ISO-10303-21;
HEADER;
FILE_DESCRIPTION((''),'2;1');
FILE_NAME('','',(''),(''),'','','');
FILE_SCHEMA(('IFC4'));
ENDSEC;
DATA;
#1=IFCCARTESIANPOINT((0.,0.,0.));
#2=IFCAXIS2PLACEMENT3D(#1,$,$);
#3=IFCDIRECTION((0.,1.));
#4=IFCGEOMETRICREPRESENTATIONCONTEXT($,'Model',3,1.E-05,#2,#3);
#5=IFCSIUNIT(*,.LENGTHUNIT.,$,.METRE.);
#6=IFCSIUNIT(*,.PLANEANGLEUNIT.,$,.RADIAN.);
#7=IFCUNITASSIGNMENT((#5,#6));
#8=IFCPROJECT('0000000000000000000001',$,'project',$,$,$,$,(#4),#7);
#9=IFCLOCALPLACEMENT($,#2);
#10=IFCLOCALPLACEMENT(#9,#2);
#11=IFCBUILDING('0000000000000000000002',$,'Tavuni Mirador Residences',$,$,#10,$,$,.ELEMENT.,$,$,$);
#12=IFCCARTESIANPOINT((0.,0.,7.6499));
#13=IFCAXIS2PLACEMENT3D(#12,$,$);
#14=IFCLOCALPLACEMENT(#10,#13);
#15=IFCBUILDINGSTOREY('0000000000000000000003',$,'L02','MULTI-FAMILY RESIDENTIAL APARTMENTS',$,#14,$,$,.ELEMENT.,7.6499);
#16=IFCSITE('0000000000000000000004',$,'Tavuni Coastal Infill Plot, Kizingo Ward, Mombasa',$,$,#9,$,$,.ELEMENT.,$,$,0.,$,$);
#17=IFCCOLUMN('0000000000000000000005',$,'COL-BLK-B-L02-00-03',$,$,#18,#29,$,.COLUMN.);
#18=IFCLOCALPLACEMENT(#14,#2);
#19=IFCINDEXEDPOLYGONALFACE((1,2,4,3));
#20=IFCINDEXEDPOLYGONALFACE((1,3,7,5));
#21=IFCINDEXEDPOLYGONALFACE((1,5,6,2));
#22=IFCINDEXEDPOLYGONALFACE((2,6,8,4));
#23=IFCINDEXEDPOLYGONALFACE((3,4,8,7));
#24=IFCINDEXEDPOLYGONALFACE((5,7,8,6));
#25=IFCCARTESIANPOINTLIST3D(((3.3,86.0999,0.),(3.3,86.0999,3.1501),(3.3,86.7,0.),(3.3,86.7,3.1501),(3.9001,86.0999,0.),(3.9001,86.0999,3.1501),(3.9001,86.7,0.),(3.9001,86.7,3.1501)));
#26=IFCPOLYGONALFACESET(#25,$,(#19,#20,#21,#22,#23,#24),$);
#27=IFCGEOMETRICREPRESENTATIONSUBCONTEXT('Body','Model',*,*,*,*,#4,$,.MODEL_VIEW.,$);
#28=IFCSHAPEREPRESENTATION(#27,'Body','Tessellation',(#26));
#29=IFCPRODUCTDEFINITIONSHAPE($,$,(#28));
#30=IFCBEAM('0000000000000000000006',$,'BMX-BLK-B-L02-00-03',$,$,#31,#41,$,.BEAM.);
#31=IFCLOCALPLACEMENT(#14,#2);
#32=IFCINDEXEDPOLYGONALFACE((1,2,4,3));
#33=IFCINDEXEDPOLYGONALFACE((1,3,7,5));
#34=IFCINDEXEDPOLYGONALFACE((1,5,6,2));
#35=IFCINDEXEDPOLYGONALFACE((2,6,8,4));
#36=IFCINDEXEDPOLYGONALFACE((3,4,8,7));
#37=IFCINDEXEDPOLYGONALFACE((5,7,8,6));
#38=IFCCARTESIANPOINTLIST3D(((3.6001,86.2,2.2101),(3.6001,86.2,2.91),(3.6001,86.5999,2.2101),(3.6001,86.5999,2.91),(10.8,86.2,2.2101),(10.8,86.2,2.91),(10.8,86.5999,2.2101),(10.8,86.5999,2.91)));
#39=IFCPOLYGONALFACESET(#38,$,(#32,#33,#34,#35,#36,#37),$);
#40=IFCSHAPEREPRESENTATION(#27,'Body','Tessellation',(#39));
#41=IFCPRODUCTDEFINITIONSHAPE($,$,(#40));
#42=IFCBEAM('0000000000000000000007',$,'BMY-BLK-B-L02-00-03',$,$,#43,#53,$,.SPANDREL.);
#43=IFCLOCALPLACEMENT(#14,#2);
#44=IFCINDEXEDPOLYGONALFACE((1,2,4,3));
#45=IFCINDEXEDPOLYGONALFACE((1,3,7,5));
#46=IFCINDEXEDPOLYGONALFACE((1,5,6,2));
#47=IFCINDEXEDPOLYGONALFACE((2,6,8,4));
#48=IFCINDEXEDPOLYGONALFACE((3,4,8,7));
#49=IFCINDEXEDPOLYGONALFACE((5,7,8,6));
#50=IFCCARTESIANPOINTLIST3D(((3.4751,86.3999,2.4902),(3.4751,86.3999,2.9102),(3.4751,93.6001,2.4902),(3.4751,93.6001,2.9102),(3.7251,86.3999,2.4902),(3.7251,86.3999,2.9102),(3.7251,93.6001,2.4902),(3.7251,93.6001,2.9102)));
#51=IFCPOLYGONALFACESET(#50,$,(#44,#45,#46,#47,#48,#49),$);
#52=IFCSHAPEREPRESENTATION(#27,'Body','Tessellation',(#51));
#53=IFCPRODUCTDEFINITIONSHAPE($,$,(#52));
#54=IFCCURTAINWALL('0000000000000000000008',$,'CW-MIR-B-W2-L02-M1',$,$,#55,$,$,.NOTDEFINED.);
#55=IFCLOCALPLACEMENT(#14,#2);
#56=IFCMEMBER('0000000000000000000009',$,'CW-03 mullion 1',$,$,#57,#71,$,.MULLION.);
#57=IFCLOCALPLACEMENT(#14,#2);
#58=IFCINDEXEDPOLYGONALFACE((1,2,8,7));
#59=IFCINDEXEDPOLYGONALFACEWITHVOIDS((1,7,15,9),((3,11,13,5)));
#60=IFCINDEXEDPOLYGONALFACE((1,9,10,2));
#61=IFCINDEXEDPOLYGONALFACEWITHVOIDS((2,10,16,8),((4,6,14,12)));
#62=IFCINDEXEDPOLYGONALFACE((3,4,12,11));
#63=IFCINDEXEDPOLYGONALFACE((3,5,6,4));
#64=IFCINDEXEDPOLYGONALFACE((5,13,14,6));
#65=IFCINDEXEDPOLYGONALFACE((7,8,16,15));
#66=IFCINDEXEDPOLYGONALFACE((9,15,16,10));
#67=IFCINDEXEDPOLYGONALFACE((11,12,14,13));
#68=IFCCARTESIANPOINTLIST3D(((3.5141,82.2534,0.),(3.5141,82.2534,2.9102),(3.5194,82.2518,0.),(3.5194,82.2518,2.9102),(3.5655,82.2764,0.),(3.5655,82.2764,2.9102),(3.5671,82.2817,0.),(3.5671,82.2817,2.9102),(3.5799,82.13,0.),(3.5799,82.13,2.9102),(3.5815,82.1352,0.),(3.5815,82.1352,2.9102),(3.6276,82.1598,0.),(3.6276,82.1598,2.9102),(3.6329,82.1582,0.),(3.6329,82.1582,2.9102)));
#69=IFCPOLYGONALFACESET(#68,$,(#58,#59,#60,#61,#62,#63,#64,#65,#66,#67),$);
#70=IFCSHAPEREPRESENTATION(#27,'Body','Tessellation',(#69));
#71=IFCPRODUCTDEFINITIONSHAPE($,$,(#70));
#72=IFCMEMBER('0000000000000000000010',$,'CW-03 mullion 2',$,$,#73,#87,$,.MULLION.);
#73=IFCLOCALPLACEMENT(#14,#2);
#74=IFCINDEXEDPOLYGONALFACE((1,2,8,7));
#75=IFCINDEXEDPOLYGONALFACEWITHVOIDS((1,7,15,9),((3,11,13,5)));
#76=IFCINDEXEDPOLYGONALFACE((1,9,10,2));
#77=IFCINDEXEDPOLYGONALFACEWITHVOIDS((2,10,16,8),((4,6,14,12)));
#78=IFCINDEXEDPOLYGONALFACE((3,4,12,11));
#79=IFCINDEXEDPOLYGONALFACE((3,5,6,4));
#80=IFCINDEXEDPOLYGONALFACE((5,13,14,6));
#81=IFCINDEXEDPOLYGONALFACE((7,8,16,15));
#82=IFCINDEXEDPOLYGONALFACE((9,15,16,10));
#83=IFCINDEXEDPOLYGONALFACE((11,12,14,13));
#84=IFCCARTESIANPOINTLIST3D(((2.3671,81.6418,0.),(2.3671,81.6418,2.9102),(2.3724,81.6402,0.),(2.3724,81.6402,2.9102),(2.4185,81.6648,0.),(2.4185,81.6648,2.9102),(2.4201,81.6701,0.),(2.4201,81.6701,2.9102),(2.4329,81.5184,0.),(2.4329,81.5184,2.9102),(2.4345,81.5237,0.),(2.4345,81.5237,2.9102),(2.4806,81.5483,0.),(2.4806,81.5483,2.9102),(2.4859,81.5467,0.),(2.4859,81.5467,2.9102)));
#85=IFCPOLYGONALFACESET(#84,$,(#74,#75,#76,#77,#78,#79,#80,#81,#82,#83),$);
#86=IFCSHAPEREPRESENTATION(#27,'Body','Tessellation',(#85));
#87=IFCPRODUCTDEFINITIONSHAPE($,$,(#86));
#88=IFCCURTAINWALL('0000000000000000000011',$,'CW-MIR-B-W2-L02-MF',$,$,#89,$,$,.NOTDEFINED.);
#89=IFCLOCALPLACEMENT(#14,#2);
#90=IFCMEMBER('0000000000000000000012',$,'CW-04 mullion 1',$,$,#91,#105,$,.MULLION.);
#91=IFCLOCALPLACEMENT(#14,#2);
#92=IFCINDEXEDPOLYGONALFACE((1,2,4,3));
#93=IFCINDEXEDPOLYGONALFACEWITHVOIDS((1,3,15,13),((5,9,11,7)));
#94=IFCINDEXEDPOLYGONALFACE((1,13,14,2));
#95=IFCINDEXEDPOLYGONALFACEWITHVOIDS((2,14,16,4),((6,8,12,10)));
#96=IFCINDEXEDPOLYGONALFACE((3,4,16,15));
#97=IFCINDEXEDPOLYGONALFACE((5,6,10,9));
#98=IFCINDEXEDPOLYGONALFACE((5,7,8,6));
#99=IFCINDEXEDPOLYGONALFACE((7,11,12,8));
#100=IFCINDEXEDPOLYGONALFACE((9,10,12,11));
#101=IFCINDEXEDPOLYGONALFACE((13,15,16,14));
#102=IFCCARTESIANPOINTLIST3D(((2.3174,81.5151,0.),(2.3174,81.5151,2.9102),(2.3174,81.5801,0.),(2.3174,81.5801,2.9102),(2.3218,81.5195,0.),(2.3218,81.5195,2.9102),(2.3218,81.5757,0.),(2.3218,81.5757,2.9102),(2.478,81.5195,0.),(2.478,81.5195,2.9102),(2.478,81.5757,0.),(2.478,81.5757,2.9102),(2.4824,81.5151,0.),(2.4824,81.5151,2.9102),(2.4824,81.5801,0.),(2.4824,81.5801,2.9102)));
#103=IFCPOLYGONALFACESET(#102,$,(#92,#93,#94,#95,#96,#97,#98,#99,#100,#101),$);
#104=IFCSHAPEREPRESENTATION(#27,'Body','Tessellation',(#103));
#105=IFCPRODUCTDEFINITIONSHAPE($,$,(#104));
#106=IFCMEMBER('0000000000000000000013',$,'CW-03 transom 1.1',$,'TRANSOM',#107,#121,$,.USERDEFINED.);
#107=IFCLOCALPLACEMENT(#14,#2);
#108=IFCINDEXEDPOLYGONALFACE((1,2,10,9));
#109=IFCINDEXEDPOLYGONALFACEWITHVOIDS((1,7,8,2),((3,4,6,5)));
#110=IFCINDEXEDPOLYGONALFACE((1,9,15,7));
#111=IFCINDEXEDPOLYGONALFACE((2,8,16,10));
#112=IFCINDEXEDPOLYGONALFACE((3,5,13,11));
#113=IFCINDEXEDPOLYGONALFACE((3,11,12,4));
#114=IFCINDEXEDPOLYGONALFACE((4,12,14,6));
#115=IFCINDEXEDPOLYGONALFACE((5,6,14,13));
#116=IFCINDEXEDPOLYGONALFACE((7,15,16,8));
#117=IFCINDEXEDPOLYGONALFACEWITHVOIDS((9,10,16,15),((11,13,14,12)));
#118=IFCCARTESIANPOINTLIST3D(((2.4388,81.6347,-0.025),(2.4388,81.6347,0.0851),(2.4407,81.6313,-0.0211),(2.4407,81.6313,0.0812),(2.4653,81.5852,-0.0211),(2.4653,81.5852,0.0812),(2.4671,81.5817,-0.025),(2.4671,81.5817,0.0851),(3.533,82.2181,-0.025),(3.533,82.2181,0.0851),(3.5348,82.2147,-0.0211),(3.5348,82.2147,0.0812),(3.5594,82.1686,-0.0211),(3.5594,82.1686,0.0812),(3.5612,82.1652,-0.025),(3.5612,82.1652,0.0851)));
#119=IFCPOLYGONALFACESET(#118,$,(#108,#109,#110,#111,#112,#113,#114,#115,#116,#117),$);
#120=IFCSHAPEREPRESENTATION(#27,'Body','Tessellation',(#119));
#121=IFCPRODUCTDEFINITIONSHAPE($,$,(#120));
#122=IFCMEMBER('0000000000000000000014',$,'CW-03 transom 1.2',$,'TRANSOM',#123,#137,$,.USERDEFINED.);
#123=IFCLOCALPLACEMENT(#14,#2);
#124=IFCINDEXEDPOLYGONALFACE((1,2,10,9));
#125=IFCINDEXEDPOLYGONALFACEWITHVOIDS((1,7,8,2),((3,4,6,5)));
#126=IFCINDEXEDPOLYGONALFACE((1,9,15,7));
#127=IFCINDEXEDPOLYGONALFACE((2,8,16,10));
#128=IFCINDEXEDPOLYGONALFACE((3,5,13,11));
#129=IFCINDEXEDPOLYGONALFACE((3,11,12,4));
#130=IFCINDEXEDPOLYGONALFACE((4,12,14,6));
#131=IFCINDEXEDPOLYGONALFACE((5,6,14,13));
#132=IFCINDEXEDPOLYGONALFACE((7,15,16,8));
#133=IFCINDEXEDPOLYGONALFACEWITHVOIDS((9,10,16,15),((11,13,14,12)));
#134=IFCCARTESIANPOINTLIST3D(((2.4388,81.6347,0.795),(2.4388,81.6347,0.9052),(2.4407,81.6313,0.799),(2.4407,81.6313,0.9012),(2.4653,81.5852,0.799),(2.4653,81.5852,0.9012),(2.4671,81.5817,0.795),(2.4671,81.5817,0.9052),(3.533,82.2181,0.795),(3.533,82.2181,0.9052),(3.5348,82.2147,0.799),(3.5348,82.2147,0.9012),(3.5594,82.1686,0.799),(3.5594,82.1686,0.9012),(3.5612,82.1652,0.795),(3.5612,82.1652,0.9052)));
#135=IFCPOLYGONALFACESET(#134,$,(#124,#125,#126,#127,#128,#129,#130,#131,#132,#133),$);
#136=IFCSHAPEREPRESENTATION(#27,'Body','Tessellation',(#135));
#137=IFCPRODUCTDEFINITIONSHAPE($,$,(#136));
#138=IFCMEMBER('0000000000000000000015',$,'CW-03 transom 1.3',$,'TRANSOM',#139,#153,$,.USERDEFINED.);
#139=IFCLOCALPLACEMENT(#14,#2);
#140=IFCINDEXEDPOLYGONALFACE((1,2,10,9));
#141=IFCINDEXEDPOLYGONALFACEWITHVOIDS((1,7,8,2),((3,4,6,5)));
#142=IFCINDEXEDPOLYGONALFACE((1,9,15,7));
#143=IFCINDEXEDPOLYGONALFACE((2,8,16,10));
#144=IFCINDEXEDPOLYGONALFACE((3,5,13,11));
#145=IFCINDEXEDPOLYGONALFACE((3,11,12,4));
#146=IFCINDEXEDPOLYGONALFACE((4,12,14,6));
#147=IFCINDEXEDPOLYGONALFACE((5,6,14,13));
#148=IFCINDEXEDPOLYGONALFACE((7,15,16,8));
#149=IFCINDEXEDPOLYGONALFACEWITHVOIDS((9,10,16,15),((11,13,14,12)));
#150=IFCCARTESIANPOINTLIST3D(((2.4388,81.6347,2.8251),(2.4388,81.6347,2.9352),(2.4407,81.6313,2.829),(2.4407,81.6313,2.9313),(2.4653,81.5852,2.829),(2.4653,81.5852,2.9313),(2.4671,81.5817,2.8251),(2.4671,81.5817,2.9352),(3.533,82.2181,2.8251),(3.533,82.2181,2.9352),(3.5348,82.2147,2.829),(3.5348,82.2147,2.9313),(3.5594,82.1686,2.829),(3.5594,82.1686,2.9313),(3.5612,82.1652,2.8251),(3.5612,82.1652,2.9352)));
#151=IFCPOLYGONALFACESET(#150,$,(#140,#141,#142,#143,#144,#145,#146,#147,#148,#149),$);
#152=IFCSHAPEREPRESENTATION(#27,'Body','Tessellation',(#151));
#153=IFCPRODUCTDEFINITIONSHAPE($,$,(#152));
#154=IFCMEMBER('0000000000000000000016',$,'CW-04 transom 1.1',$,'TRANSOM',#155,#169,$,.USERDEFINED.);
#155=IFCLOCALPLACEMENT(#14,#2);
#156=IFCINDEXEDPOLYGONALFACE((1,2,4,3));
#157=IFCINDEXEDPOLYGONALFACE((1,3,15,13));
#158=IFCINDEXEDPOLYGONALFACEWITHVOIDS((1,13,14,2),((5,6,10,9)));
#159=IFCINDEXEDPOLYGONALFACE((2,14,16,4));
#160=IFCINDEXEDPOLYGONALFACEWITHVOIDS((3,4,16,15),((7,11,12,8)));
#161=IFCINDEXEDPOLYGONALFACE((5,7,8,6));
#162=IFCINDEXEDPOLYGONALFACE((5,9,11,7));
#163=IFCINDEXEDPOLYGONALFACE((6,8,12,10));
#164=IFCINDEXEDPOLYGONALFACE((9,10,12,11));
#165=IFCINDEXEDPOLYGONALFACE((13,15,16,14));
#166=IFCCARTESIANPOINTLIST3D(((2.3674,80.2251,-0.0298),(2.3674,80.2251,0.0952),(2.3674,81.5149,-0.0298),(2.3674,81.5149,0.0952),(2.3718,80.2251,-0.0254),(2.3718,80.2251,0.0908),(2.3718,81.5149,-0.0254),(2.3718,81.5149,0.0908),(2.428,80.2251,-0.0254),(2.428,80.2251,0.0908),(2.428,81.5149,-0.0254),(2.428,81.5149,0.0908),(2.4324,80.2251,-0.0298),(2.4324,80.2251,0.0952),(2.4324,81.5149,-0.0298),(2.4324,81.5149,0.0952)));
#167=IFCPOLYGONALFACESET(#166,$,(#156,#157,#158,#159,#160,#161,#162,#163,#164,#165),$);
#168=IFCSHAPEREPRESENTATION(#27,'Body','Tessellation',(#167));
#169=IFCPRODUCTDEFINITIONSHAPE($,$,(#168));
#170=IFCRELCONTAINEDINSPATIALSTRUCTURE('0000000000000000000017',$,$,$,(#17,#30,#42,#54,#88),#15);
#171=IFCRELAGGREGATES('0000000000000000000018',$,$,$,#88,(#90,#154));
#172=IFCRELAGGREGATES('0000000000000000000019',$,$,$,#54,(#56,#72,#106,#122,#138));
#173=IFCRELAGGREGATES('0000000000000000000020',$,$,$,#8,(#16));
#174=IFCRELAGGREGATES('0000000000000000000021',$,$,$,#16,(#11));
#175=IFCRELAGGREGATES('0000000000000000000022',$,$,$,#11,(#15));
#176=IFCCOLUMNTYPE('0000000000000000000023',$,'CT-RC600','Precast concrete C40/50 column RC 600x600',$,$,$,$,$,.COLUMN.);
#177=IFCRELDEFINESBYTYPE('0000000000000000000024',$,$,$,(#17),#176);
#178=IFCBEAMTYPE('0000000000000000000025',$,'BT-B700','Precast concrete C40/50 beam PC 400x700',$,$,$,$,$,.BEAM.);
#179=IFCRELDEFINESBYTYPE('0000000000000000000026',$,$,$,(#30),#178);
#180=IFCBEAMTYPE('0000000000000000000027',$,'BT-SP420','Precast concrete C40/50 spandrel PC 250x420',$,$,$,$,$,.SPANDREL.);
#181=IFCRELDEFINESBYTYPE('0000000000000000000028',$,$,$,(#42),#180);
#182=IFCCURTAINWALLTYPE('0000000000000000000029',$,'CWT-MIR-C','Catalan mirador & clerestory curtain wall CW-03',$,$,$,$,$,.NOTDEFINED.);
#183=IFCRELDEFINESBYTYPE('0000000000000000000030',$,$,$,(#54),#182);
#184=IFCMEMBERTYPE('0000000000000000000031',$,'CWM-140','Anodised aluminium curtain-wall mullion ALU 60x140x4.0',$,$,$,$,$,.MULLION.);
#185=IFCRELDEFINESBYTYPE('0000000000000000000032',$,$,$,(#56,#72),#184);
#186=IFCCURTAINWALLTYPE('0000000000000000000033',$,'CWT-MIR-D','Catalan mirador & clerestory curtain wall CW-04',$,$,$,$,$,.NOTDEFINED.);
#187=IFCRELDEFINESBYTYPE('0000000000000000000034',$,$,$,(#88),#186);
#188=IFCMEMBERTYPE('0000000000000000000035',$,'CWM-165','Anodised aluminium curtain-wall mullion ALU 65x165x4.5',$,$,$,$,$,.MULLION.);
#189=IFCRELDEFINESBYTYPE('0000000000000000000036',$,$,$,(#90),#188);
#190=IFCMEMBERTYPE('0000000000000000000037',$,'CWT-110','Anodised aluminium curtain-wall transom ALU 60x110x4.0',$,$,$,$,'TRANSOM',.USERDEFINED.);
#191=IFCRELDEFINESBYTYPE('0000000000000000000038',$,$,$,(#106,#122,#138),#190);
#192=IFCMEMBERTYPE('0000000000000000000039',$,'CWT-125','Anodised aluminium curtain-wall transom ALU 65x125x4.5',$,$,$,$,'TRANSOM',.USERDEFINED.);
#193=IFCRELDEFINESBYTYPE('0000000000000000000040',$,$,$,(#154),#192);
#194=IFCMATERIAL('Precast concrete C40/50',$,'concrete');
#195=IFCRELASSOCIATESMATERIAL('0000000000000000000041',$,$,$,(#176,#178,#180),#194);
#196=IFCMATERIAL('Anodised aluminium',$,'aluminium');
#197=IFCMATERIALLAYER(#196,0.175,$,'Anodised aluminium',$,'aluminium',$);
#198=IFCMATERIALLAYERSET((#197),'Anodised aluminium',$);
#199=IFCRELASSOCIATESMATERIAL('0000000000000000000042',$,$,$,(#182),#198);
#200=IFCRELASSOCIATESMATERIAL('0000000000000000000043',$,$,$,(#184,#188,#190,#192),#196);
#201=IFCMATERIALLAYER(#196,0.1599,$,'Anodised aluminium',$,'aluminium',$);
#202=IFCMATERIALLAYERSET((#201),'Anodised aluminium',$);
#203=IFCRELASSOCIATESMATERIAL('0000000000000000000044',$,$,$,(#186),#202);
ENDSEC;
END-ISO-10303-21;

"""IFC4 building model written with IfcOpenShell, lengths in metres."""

from ifc_helpers import new_model, si_unit, direction, frame, origin, origin_2d, place, context, subcontext, project, spatial, rectangle, hollow_rectangle, extrude, material, layer, layer_set, material_profile, profile_set, type_object, element, aggregate, save


model = new_model("IFC4")

# Units and contexts
model_context = context("Model", 3, precision=1e-05, world=origin(), true_north=direction((0.0, 1.0)))
body_context = subcontext(model_context, "Body", "Model", "MODEL_VIEW")
ifc_project = project(units=[si_unit("LENGTHUNIT", "METRE"), si_unit("PLANEANGLEUNIT", "RADIAN")], contexts=[model_context])

# Site, building, storey
site_placement = place(None, origin())
site = spatial("IfcSite", under=ifc_project, at=site_placement, Name="Tavuni Coastal Infill Plot, Kizingo Ward, Mombasa", CompositionType="ELEMENT", RefElevation=0.0)
building_placement = place(site_placement, origin())
building = spatial("IfcBuilding", under=site, at=building_placement, Name="Tavuni Mirador Residences", CompositionType="ELEMENT")
storey_placement = place(building_placement, frame((0.0, 0.0, 7.6499)))
storey = spatial("IfcBuildingStorey", under=building, at=storey_placement, Name="L02", Description="MULTI-FAMILY RESIDENTIAL APARTMENTS", CompositionType="ELEMENT", Elevation=7.6499)

# Column
ifc_material_1 = material(Name="Precast concrete C40/50", Category="concrete")
ifc_material_profile_1 = material_profile(ifc_material_1, rectangle(XDim=0.6001, YDim=0.6001, at=origin_2d()), Name="RC 600x600", Category="concrete")
ifc_profile_set_1 = profile_set([ifc_material_profile_1], Name="Precast concrete C40/50")
column_type = type_object("IfcColumnType", Name="CT-RC600", Description="Precast concrete C40/50 column RC 600x600", PredefinedType="COLUMN", material=ifc_profile_set_1)
column_placement = place(storey_placement, frame((3.6001, 86.3999, 0.0), z_axis=(0.0, 0.0, 1.0), x_axis=(1.0, 0.0, 0.0)))
element("IfcColumn", 1, at=column_placement, inside=storey, type_object=column_type, Name="COL-BLK-B-L02-00-03", PredefinedType="COLUMN", context=body_context, shape_type="SweptSolid", body=[
    extrude(rectangle(XDim=0.6001, YDim=0.6001, at=origin_2d()), origin(), (0.0, 0.0, 1.0), 3.1501),
])

# Beams
ifc_material_profile_2 = material_profile(ifc_material_1, rectangle(XDim=0.3999, YDim=0.7, at=origin_2d()), Name="PC 400x700", Category="concrete")
ifc_profile_set_2 = profile_set([ifc_material_profile_2], Name="Precast concrete C40/50")
beam_type_1 = type_object("IfcBeamType", Name="BT-B700", Description="Precast concrete C40/50 beam PC 400x700", PredefinedType="BEAM", material=ifc_profile_set_2)
beam_1_placement = place(storey_placement, frame((3.6001, 86.3999, 2.5601), z_axis=(1.0, 0.0, 0.0), x_axis=(0.0, 1.0, 0.0)))
element("IfcBeam", 2, at=beam_1_placement, inside=storey, type_object=beam_type_1, Name="BMX-BLK-B-L02-00-03", PredefinedType="BEAM", context=body_context, shape_type="SweptSolid", body=[
    extrude(rectangle(XDim=0.3999, YDim=0.7, at=origin_2d()), origin(), (0.0, 0.0, 1.0), 7.2),
])
ifc_material_profile_3 = material_profile(ifc_material_1, rectangle(XDim=0.25, YDim=0.4199, at=origin_2d()), Name="PC 250x420", Category="concrete")
ifc_profile_set_3 = profile_set([ifc_material_profile_3], Name="Precast concrete C40/50")
beam_type_2 = type_object("IfcBeamType", Name="BT-SP420", Description="Precast concrete C40/50 spandrel PC 250x420", PredefinedType="SPANDREL", material=ifc_profile_set_3)
beam_2_placement = place(storey_placement, frame((3.6001, 86.3999, 2.7002), z_axis=(0.0, 1.0, 0.0), x_axis=(-1.0, 0.0, 0.0)))
element("IfcBeam", 3, at=beam_2_placement, inside=storey, type_object=beam_type_2, Name="BMY-BLK-B-L02-00-03", PredefinedType="SPANDREL", context=body_context, shape_type="SweptSolid", body=[
    extrude(rectangle(XDim=0.25, YDim=0.4199, at=origin_2d()), origin(), (0.0, 0.0, 1.0), 7.2002),
])

# Curtain wall, members
ifc_material_2 = material(Name="Anodised aluminium", Category="aluminium")
ifc_layer_1 = layer(ifc_material_2, 0.175, Name="Anodised aluminium", Category="aluminium")
ifc_layer_set_1 = layer_set([ifc_layer_1], Name="Anodised aluminium")
curtain_wall_type_1 = type_object("IfcCurtainWallType", Name="CWT-MIR-C", Description="Catalan mirador & clerestory curtain wall CW-03", PredefinedType="NOTDEFINED", material=ifc_layer_set_1)
curtain_wall_1_placement = place(storey_placement, origin())
curtain_wall_1 = element("IfcCurtainWall", 4, at=curtain_wall_1_placement, inside=storey, type_object=curtain_wall_type_1, Name="CW-MIR-B-W2-L02-M1", PredefinedType="NOTDEFINED")
ifc_material_profile_4 = material_profile(ifc_material_2, hollow_rectangle(XDim=0.0601, YDim=0.1399, WallThickness=0.0039, at=origin_2d()), Name="ALU 60x140x4.0", Category="aluminium")
ifc_profile_set_4 = profile_set([ifc_material_profile_4], Name="Anodised aluminium")
member_type_1 = type_object("IfcMemberType", Name="CWM-140", Description="Anodised aluminium curtain-wall mullion ALU 60x140x4.0", PredefinedType="MULLION", material=ifc_profile_set_4)
member_1_placement = place(storey_placement, frame((3.5735, 82.2058, 0.0), z_axis=(0.0, 0.0, 1.0), x_axis=(-0.882353, -0.470588, 0.0)))
member_1 = element("IfcMember", 5, at=member_1_placement, type_object=member_type_1, Name="CW-03 mullion 1", PredefinedType="MULLION", context=body_context, shape_type="SweptSolid", body=[
    extrude(hollow_rectangle(XDim=0.0601, YDim=0.1399, WallThickness=0.0039, at=origin_2d()), origin(), (0.0, 0.0, 1.0), 2.9102),
])
member_2_placement = place(storey_placement, frame((2.4265, 81.5942, 0.0), z_axis=(0.0, 0.0, 1.0), x_axis=(-0.882353, -0.470588, 0.0)))
member_2 = element("IfcMember", 6, at=member_2_placement, type_object=member_type_1, Name="CW-03 mullion 2", PredefinedType="MULLION", context=body_context, shape_type="SweptSolid", body=[
    extrude(hollow_rectangle(XDim=0.0601, YDim=0.1399, WallThickness=0.0039, at=origin_2d()), origin(), (0.0, 0.0, 1.0), 2.9102),
])

# Curtain wall, member
ifc_layer_2 = layer(ifc_material_2, 0.1599, Name="Anodised aluminium", Category="aluminium")
ifc_layer_set_2 = layer_set([ifc_layer_2], Name="Anodised aluminium")
curtain_wall_type_2 = type_object("IfcCurtainWallType", Name="CWT-MIR-D", Description="Catalan mirador & clerestory curtain wall CW-04", PredefinedType="NOTDEFINED", material=ifc_layer_set_2)
curtain_wall_2_placement = place(storey_placement, origin())
curtain_wall_2 = element("IfcCurtainWall", 7, at=curtain_wall_2_placement, inside=storey, type_object=curtain_wall_type_2, Name="CW-MIR-B-W2-L02-MF", PredefinedType="NOTDEFINED")
ifc_material_profile_5 = material_profile(ifc_material_2, hollow_rectangle(XDim=0.0649, YDim=0.165, WallThickness=0.0044, at=origin_2d()), Name="ALU 65x165x4.5", Category="aluminium")
ifc_profile_set_5 = profile_set([ifc_material_profile_5], Name="Anodised aluminium")
member_type_2 = type_object("IfcMemberType", Name="CWM-165", Description="Anodised aluminium curtain-wall mullion ALU 65x165x4.5", PredefinedType="MULLION", material=ifc_profile_set_5)
member_3_placement = place(storey_placement, frame((2.3999, 81.5476, 0.0), z_axis=(0.0, 0.0, 1.0), x_axis=(0.0, -1.0, 0.0)))
member_3 = element("IfcMember", 8, at=member_3_placement, type_object=member_type_2, Name="CW-04 mullion 1", PredefinedType="MULLION", context=body_context, shape_type="SweptSolid", body=[
    extrude(hollow_rectangle(XDim=0.0649, YDim=0.165, WallThickness=0.0044, at=origin_2d()), origin(), (0.0, 0.0, 1.0), 2.9102),
])

# Members
ifc_material_profile_6 = material_profile(ifc_material_2, hollow_rectangle(XDim=0.0601, YDim=0.1101, WallThickness=0.0039, at=origin_2d()), Name="ALU 60x110x4.0", Category="aluminium")
ifc_profile_set_6 = profile_set([ifc_material_profile_6], Name="Anodised aluminium")
member_type_3 = type_object("IfcMemberType", Name="CWT-110", Description="Anodised aluminium curtain-wall transom ALU 60x110x4.0", ElementType="TRANSOM", PredefinedType="USERDEFINED", material=ifc_profile_set_6)
member_4_placement = place(storey_placement, frame((3.5471, 82.1917, 0.03), z_axis=(-0.882386, -0.470527, 0.0), x_axis=(0.470527, -0.882386, 0.0)))
member_4 = element("IfcMember", 9, at=member_4_placement, type_object=member_type_3, Name="CW-03 transom 1.1", ObjectType="TRANSOM", PredefinedType="USERDEFINED", context=body_context, shape_type="SweptSolid", body=[
    extrude(hollow_rectangle(XDim=0.0601, YDim=0.1101, WallThickness=0.0039, at=origin_2d()), origin(), (0.0, 0.0, 1.0), 1.24),
])
member_5_placement = place(storey_placement, frame((3.5471, 82.1917, 0.8501), z_axis=(-0.882386, -0.470527, 0.0), x_axis=(0.470527, -0.882386, 0.0)))
member_5 = element("IfcMember", 10, at=member_5_placement, type_object=member_type_3, Name="CW-03 transom 1.2", ObjectType="TRANSOM", PredefinedType="USERDEFINED", context=body_context, shape_type="SweptSolid", body=[
    extrude(hollow_rectangle(XDim=0.0601, YDim=0.1101, WallThickness=0.0039, at=origin_2d()), origin(), (0.0, 0.0, 1.0), 1.24),
])
member_6_placement = place(storey_placement, frame((3.5471, 82.1917, 2.8801), z_axis=(-0.882386, -0.470527, 0.0), x_axis=(0.470527, -0.882386, 0.0)))
member_6 = element("IfcMember", 11, at=member_6_placement, type_object=member_type_3, Name="CW-03 transom 1.3", ObjectType="TRANSOM", PredefinedType="USERDEFINED", context=body_context, shape_type="SweptSolid", body=[
    extrude(hollow_rectangle(XDim=0.0601, YDim=0.1101, WallThickness=0.0039, at=origin_2d()), origin(), (0.0, 0.0, 1.0), 1.24),
])
ifc_material_profile_7 = material_profile(ifc_material_2, hollow_rectangle(XDim=0.0649, YDim=0.125, WallThickness=0.0044, at=origin_2d()), Name="ALU 65x125x4.5", Category="aluminium")
ifc_profile_set_7 = profile_set([ifc_material_profile_7], Name="Anodised aluminium")
member_type_4 = type_object("IfcMemberType", Name="CWT-125", Description="Anodised aluminium curtain-wall transom ALU 65x125x4.5", ElementType="TRANSOM", PredefinedType="USERDEFINED", material=ifc_profile_set_7)
member_7_placement = place(storey_placement, frame((2.3999, 81.5149, 0.0327), z_axis=(0.0, -1.0, 0.0), x_axis=(1.0, 0.0, 0.0)))
member_7 = element("IfcMember", 12, at=member_7_placement, type_object=member_type_4, Name="CW-04 transom 1.1", ObjectType="TRANSOM", PredefinedType="USERDEFINED", context=body_context, shape_type="SweptSolid", body=[
    extrude(hollow_rectangle(XDim=0.0649, YDim=0.125, WallThickness=0.0044, at=origin_2d()), origin(), (0.0, 0.0, 1.0), 1.2898),
])

aggregate(curtain_wall_2, [member_3, member_7])
aggregate(curtain_wall_1, [member_1, member_2, member_4, member_5, member_6])

save(model, "model.ifc")
